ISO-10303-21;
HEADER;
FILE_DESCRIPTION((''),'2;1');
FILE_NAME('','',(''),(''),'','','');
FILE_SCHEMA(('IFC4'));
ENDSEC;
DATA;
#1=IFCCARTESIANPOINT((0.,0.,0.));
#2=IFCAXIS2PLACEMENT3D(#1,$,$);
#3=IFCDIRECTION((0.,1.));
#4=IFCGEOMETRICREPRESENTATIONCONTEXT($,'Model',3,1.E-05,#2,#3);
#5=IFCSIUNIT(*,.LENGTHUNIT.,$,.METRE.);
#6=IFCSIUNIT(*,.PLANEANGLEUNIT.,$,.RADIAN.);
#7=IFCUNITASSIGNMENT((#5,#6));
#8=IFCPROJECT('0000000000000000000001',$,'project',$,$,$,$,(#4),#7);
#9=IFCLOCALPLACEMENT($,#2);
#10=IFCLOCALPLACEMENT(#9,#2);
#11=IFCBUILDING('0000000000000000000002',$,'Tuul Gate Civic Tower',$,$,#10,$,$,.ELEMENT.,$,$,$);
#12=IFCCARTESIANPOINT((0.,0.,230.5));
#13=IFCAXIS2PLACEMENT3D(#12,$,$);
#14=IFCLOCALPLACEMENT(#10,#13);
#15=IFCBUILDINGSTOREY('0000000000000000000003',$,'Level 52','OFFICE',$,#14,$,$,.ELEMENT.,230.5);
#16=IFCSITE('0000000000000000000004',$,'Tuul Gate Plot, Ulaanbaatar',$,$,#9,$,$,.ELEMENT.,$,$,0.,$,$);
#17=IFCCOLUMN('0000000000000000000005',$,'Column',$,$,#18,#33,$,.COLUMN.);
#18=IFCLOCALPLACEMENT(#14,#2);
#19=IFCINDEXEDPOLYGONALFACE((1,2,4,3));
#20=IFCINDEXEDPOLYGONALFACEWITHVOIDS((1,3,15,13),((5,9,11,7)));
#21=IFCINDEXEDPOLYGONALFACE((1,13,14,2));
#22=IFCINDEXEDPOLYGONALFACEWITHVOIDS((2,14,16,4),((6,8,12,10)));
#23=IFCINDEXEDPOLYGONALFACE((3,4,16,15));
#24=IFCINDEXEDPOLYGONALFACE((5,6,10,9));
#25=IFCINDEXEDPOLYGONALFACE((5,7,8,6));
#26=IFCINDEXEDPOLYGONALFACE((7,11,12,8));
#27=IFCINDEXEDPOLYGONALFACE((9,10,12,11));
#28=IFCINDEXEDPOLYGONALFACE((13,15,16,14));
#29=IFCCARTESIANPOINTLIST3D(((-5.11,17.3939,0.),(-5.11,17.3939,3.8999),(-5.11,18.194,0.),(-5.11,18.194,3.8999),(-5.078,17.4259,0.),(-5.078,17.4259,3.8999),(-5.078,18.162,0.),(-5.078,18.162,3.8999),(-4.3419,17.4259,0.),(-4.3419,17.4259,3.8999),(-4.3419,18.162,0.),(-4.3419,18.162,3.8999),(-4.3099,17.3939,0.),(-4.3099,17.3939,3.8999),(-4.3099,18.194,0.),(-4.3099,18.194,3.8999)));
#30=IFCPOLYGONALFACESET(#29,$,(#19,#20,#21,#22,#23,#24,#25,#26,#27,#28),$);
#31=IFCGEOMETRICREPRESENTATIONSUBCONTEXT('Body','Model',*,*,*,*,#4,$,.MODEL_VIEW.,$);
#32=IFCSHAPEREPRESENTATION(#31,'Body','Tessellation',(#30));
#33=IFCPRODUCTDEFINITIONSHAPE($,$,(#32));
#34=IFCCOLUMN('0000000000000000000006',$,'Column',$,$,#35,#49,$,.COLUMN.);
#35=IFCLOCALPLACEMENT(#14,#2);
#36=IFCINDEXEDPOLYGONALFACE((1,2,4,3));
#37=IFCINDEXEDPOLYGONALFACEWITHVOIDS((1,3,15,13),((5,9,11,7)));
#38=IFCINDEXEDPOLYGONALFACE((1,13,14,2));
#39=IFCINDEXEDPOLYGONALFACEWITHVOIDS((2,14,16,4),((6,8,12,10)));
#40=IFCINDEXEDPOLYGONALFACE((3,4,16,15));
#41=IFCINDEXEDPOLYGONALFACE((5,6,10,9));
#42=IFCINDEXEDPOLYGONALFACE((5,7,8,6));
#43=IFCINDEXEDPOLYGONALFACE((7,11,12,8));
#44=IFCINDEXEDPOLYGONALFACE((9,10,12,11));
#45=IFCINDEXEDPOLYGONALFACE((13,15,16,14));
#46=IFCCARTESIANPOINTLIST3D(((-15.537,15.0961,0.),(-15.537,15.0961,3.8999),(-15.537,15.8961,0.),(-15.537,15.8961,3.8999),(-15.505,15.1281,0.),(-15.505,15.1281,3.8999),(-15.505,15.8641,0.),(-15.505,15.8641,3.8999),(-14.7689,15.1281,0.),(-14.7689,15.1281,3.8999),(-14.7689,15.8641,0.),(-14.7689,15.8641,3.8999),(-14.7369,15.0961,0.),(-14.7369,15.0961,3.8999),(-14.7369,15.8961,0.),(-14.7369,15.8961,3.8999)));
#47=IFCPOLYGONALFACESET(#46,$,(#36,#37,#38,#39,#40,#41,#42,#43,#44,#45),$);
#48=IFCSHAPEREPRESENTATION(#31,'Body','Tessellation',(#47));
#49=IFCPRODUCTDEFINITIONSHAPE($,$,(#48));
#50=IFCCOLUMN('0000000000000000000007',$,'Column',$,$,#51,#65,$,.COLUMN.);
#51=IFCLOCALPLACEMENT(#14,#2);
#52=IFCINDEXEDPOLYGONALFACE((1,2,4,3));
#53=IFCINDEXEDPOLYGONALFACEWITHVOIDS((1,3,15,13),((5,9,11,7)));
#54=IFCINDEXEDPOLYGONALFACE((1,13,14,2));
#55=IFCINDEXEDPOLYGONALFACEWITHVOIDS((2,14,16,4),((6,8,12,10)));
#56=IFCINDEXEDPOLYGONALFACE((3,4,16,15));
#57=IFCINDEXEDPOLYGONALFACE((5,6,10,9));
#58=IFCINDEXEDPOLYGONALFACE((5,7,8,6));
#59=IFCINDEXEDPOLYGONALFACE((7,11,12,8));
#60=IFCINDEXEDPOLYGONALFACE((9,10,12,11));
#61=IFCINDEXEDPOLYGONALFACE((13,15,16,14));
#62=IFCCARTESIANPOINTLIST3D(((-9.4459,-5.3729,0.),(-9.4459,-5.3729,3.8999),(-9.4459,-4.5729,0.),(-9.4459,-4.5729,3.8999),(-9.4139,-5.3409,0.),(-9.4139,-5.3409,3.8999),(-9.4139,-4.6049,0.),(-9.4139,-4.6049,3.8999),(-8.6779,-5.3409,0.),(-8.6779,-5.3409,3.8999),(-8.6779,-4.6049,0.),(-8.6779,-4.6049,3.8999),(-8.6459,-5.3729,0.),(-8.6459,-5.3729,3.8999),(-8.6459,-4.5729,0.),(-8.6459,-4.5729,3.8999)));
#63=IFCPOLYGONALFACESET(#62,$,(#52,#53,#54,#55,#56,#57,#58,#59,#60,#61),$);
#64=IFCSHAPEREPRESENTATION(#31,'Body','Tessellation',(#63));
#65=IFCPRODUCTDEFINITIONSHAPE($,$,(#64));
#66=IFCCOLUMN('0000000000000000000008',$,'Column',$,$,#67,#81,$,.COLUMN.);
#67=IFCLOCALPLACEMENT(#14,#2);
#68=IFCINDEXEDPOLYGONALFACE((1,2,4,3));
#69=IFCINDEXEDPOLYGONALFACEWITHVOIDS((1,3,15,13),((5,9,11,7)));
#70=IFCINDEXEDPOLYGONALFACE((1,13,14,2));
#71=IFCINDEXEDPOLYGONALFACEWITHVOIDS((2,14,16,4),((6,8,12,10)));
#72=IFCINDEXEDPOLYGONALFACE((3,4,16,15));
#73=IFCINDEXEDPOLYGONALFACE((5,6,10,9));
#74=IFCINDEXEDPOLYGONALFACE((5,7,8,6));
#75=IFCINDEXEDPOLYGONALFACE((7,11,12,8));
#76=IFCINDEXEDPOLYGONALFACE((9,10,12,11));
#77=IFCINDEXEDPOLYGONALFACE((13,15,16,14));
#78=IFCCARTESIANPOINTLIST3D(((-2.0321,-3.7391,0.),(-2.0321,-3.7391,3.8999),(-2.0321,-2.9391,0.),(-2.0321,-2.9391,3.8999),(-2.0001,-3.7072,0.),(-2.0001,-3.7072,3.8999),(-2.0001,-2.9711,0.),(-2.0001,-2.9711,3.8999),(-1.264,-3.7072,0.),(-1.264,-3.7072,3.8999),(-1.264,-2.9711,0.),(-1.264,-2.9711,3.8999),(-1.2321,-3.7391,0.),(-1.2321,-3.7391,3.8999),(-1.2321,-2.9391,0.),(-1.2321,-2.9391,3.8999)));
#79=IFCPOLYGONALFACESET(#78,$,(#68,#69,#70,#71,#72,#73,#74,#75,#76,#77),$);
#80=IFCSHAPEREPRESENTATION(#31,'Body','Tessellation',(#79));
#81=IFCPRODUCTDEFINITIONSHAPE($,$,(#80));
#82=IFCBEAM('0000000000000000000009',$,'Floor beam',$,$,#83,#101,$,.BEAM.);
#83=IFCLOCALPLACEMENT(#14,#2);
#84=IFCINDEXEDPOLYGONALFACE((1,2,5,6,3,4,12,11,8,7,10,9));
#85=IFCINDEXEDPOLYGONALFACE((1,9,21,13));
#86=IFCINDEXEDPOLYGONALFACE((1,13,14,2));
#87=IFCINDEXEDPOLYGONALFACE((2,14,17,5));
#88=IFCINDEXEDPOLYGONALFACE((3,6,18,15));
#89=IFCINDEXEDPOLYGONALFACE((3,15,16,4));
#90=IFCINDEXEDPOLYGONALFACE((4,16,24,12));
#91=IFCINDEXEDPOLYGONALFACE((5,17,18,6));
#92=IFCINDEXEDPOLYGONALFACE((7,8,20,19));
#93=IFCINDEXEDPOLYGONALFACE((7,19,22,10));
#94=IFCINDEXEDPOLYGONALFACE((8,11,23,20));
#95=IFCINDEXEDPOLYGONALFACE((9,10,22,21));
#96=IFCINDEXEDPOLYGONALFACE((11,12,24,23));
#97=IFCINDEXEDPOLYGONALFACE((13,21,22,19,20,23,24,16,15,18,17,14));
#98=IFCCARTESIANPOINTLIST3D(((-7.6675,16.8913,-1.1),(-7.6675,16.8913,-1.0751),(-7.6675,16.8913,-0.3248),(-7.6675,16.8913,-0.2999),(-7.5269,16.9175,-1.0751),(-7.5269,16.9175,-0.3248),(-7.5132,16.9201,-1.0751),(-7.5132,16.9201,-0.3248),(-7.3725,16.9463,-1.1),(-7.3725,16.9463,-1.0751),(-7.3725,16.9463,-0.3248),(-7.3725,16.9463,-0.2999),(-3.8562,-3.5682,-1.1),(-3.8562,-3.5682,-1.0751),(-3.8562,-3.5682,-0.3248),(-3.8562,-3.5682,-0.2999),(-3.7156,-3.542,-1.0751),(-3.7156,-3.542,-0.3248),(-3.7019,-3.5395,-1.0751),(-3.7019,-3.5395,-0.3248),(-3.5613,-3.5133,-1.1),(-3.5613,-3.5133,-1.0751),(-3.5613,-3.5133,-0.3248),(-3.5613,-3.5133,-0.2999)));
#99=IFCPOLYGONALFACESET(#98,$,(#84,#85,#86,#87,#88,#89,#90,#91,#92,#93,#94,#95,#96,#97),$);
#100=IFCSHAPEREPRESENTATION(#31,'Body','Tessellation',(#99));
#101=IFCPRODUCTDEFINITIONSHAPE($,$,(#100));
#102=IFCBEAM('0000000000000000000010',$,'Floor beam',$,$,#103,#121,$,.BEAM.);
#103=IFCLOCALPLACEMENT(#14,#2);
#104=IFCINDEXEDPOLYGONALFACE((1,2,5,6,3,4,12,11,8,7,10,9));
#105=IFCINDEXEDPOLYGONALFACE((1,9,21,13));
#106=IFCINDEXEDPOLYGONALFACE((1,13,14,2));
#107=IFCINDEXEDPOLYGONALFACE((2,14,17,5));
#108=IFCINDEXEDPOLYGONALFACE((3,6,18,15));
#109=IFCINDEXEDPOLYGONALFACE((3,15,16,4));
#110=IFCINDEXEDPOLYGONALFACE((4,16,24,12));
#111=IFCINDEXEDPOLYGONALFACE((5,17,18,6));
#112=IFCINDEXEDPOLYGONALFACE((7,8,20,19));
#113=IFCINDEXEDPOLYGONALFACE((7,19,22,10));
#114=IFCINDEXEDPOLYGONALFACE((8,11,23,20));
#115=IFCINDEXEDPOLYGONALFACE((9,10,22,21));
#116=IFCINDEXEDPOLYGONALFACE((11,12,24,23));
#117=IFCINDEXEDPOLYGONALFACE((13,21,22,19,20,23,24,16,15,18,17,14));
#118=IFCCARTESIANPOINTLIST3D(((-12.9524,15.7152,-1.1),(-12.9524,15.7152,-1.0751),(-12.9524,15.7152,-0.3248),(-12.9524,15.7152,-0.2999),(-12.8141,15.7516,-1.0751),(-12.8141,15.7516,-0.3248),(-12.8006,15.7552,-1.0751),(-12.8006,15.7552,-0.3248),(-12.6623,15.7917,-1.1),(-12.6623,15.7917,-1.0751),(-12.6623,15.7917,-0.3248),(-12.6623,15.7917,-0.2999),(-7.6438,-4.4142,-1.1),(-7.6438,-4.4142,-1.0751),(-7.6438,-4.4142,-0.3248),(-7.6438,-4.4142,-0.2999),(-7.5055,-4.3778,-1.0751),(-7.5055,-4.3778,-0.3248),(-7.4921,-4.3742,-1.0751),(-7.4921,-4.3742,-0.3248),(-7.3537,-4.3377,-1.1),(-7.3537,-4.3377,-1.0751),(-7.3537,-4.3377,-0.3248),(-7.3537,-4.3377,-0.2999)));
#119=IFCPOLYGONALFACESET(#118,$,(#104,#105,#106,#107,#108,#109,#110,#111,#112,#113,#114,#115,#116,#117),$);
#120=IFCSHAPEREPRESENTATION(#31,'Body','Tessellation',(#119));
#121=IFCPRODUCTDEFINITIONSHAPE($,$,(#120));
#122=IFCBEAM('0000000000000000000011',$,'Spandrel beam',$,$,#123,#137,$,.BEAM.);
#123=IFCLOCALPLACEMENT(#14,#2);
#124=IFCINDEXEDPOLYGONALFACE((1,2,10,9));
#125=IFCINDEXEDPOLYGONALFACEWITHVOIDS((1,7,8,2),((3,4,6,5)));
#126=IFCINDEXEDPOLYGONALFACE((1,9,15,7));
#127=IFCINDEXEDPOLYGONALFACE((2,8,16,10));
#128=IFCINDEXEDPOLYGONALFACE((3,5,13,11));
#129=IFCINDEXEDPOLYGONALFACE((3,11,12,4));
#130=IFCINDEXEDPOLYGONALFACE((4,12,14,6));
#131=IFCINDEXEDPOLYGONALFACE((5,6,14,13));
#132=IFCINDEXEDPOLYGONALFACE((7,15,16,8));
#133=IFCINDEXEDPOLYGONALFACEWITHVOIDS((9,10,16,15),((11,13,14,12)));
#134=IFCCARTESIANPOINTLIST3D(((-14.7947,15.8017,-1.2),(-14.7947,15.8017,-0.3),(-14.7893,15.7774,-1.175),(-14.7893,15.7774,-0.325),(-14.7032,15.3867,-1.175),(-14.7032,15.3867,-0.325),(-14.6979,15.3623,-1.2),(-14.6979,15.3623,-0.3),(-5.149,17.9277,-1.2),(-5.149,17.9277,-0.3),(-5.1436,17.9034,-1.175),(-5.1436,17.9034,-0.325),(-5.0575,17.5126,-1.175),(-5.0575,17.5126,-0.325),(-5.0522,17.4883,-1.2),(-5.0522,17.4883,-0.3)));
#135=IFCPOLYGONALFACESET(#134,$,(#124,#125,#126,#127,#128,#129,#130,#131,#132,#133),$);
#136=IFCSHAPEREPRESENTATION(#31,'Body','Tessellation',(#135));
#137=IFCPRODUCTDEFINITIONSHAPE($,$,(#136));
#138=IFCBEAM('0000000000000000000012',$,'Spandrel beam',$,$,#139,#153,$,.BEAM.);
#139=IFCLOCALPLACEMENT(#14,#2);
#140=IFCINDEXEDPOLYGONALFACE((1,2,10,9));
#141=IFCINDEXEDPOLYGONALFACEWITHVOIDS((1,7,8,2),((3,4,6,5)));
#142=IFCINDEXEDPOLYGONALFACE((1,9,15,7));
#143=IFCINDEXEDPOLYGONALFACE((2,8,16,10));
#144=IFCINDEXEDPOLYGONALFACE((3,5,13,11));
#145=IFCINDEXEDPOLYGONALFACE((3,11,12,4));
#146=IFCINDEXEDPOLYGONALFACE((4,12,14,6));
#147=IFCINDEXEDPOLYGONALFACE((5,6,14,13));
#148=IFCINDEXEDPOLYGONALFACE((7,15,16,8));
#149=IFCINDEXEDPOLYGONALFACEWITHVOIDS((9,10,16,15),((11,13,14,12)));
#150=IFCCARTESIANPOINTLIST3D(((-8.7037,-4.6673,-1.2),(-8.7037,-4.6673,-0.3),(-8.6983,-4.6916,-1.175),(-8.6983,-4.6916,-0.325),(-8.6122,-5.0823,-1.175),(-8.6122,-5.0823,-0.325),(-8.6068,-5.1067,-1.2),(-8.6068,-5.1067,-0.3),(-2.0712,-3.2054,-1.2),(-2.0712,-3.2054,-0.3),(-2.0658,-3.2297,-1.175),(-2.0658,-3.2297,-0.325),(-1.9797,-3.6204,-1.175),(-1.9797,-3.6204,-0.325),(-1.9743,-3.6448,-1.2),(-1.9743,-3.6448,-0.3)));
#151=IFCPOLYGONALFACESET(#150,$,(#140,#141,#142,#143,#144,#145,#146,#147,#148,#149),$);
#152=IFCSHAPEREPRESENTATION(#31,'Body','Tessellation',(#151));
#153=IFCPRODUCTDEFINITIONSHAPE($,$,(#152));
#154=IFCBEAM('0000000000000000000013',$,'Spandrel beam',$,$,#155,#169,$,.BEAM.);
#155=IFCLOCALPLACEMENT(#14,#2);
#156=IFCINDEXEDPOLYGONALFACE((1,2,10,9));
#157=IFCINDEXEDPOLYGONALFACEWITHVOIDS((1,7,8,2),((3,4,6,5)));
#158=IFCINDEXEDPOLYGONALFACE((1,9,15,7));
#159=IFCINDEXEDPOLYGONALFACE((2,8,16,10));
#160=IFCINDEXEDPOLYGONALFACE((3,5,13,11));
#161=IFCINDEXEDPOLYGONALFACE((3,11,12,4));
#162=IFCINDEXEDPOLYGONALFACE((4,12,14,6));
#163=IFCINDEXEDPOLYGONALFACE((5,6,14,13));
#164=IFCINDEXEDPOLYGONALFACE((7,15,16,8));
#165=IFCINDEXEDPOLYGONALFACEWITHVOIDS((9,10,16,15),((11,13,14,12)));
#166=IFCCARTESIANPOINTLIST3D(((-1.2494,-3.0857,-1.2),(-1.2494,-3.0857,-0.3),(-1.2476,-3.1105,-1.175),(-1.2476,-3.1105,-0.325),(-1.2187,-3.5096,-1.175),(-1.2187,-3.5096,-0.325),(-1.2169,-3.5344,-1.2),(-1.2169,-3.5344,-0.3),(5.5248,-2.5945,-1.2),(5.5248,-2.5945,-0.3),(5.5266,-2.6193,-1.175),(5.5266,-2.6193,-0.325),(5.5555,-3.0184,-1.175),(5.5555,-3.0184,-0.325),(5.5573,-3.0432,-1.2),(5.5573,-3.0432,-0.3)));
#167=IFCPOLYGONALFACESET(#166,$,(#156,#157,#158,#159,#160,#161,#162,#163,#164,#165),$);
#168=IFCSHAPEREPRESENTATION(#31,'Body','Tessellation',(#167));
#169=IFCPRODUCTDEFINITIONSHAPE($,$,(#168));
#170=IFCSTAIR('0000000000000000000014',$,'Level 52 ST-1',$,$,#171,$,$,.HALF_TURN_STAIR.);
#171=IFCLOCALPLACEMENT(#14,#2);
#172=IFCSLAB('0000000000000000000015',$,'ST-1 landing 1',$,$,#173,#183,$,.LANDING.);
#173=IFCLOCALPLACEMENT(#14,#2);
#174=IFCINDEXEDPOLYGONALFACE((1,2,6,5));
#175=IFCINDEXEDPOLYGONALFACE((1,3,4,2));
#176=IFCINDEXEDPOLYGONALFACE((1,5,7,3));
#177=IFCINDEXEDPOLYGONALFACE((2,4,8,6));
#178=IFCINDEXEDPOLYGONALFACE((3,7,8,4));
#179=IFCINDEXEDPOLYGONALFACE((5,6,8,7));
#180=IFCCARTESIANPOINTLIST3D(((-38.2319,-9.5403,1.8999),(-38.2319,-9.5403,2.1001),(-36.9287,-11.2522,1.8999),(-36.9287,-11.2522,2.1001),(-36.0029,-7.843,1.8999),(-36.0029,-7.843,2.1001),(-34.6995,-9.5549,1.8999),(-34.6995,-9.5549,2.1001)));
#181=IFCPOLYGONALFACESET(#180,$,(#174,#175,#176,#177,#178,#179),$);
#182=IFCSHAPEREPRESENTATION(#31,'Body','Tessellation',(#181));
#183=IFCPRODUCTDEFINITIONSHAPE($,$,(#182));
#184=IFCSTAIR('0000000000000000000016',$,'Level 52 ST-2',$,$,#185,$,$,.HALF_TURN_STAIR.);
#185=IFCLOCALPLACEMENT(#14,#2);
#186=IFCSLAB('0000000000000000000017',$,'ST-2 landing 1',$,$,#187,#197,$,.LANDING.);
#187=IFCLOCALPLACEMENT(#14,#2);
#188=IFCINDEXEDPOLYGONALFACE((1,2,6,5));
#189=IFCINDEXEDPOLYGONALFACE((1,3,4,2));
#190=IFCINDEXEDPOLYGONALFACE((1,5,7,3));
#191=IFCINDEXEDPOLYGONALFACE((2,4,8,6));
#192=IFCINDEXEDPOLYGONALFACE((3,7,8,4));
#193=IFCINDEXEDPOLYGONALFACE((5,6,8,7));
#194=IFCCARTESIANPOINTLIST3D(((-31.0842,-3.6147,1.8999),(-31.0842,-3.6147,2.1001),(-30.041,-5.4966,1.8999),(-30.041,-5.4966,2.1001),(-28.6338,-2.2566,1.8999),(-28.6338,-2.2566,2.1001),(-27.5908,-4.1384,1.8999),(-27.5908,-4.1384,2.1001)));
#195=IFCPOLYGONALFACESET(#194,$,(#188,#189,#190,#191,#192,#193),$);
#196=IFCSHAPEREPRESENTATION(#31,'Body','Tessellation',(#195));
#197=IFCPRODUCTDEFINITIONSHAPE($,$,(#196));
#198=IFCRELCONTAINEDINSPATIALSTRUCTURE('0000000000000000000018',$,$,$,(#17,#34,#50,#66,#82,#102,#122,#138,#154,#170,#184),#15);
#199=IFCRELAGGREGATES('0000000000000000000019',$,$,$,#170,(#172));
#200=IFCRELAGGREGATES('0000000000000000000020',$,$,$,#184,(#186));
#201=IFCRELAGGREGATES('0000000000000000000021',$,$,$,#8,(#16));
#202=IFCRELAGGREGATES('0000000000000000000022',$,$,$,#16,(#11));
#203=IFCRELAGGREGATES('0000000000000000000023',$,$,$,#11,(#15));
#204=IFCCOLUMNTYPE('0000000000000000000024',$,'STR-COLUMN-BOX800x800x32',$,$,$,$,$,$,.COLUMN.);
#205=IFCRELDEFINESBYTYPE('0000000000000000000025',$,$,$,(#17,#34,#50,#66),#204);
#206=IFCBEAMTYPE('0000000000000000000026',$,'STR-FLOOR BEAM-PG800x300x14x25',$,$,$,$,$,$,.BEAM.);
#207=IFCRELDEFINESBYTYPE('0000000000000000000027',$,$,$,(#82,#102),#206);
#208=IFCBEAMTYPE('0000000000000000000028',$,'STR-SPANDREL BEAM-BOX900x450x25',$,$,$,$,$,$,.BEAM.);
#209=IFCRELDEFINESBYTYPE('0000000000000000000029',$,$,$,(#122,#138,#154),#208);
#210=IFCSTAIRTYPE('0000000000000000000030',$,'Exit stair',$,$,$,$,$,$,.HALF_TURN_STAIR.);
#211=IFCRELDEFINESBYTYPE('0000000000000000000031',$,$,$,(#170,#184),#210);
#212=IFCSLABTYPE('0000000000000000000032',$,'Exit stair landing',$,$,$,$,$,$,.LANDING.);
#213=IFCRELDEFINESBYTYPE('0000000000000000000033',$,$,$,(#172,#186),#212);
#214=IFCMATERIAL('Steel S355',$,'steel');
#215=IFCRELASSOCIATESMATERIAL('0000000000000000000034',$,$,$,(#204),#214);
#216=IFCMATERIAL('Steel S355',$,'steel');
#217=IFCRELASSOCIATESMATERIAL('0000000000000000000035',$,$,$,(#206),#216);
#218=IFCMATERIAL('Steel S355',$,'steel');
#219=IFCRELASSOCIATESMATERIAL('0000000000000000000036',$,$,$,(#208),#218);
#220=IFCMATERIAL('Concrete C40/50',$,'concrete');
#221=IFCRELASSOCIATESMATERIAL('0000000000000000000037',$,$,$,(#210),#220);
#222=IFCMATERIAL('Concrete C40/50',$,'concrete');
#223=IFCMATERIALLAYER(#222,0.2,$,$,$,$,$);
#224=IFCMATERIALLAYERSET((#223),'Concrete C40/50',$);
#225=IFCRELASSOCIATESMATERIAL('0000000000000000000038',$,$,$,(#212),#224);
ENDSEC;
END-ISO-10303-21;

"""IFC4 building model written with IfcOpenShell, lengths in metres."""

from ifc_helpers import new_model, si_unit, direction, frame, origin, origin_2d, place, context, subcontext, project, spatial, polyline, hollow_rectangle, i_section, outline, extrude, material, layer, layer_set, material_profile, profile_set, type_object, element, aggregate, save


model = new_model("IFC4")

# Units and contexts
model_context = context("Model", 3, precision=1e-05, world=origin(), true_north=direction((0.0, 1.0)))
body_context = subcontext(model_context, "Body", "Model", "MODEL_VIEW")
ifc_project = project(units=[si_unit("LENGTHUNIT", "METRE"), si_unit("PLANEANGLEUNIT", "RADIAN")], contexts=[model_context])

# Site, building, storey
site_placement = place(None, origin())
site = spatial("IfcSite", under=ifc_project, at=site_placement, Name="Tuul Gate Plot, Ulaanbaatar", CompositionType="ELEMENT", RefElevation=0.0)
building_placement = place(site_placement, origin())
building = spatial("IfcBuilding", under=site, at=building_placement, Name="Tuul Gate Civic Tower", CompositionType="ELEMENT")
storey_placement = place(building_placement, frame((0.0, 0.0, 230.5)))
storey = spatial("IfcBuildingStorey", under=building, at=storey_placement, Name="Level 52", Description="OFFICE", CompositionType="ELEMENT", Elevation=230.5)

# Columns
ifc_material_1 = material(Name="Steel S355", Category="steel")
ifc_material_profile_1 = material_profile(ifc_material_1, hollow_rectangle(XDim=0.8, YDim=0.8, WallThickness=0.032, at=origin_2d()), Name="BOX800x800x32")
ifc_profile_set_1 = profile_set([ifc_material_profile_1], Name="Steel S355")
column_type = type_object("IfcColumnType", Name="STR-COLUMN-BOX800x800x32", PredefinedType="COLUMN", material=ifc_profile_set_1)
for number, where, z_axis, x_axis, name in (
    (1, (-4.71, 17.7939, 0.0), (0.0, 0.0, 1.0), (1.0, 0.0, 0.0), "Column"),
    (2, (-15.137, 15.4961, 0.0), (0.0, 0.0, 1.0), (1.0, 0.0, 0.0), "Column"),
    (3, (-9.0459, -4.9729, 0.0), (0.0, 0.0, 1.0), (1.0, 0.0, 0.0), "Column"),
    (4, (-1.6321, -3.3391, 0.0), (0.0, 0.0, 1.0), (1.0, 0.0, 0.0), "Column"),
):
    element("IfcColumn", number, at=place(storey_placement, frame(where, z_axis=z_axis, x_axis=x_axis)), inside=storey, type_object=column_type, Name=name, PredefinedType="COLUMN", context=body_context, shape_type="SweptSolid", body=[
        extrude(hollow_rectangle(XDim=0.8, YDim=0.8, WallThickness=0.032, at=origin_2d()), origin(), (0.0, 0.0, 1.0), 3.8999),
    ])

# Beams
ifc_material_2 = material(Name="Steel S355", Category="steel")
ifc_material_profile_2 = material_profile(ifc_material_2, i_section(OverallWidth=0.3, OverallDepth=0.8, WebThickness=0.0139, FlangeThickness=0.0249, at=origin_2d()), Name="PG800x300x14x25")
ifc_profile_set_2 = profile_set([ifc_material_profile_2], Name="Steel S355")
beam_type_1 = type_object("IfcBeamType", Name="STR-FLOOR BEAM-PG800x300x14x25", PredefinedType="BEAM", material=ifc_profile_set_2)
beam_1_placement = place(storey_placement, frame((-3.7087, -3.5408, -0.7), z_axis=(-0.183134, 0.983088, 0.0), x_axis=(-0.983088, -0.183134, 0.0)))
element("IfcBeam", 5, at=beam_1_placement, inside=storey, type_object=beam_type_1, Name="Floor beam", PredefinedType="BEAM", context=body_context, shape_type="SweptSolid", body=[
    extrude(i_section(OverallWidth=0.3, OverallDepth=0.8, WebThickness=0.0139, FlangeThickness=0.0249, at=origin_2d()), origin(), (0.0, 0.0, 1.0), 20.8115),
])
beam_2_placement = place(storey_placement, frame((-7.4988, -4.376, -0.7), z_axis=(-0.255005, 0.96694, 0.0), x_axis=(-0.96694, -0.255005, 0.0)))
element("IfcBeam", 6, at=beam_2_placement, inside=storey, type_object=beam_type_1, Name="Floor beam", PredefinedType="BEAM", context=body_context, shape_type="SweptSolid", body=[
    extrude(i_section(OverallWidth=0.3, OverallDepth=0.8, WebThickness=0.0139, FlangeThickness=0.0249, at=origin_2d()), origin(), (0.0, 0.0, 1.0), 20.8176),
])
ifc_material_3 = material(Name="Steel S355", Category="steel")
ifc_material_profile_3 = material_profile(ifc_material_3, hollow_rectangle(XDim=0.45, YDim=0.8999, WallThickness=0.0249, at=origin_2d()), Name="BOX900x450x25")
ifc_profile_set_3 = profile_set([ifc_material_profile_3], Name="Steel S355")
beam_type_2 = type_object("IfcBeamType", Name="STR-SPANDREL BEAM-BOX900x450x25", PredefinedType="BEAM", material=ifc_profile_set_3)
beam_3_placement = place(storey_placement, frame((-5.1006, 17.708, -0.75), z_axis=(-0.976561, -0.215239, 0.0), x_axis=(0.215239, -0.976561, 0.0)))
element("IfcBeam", 7, at=beam_3_placement, inside=storey, type_object=beam_type_2, Name="Spandrel beam", PredefinedType="BEAM", context=body_context, shape_type="SweptSolid", body=[
    extrude(hollow_rectangle(XDim=0.45, YDim=0.8999, WallThickness=0.0249, at=origin_2d()), origin(), (0.0, 0.0, 1.0), 9.8772),
])
beam_4_placement = place(storey_placement, frame((-8.6553, -4.887, -0.75), z_axis=(0.976559, 0.215248, 0.0), x_axis=(-0.215248, 0.976559, 0.0)))
element("IfcBeam", 8, at=beam_4_placement, inside=storey, type_object=beam_type_2, Name="Spandrel beam", PredefinedType="BEAM", context=body_context, shape_type="SweptSolid", body=[
    extrude(hollow_rectangle(XDim=0.45, YDim=0.8999, WallThickness=0.0249, at=origin_2d()), origin(), (0.0, 0.0, 1.0), 6.7917),
])
beam_5_placement = place(storey_placement, frame((-1.2332, -3.3101, -0.75), z_axis=(0.997381, 0.072322, 0.0), x_axis=(-0.072322, 0.997381, 0.0)))
element("IfcBeam", 9, at=beam_5_placement, inside=storey, type_object=beam_type_2, Name="Spandrel beam", PredefinedType="BEAM", context=body_context, shape_type="SweptSolid", body=[
    extrude(hollow_rectangle(XDim=0.45, YDim=0.8999, WallThickness=0.0249, at=origin_2d()), origin(), (0.0, 0.0, 1.0), 6.792),
])

# Stairs, slabs
ifc_material_4 = material(Name="Concrete C40/50", Category="concrete")
stair_type = type_object("IfcStairType", Name="Exit stair", PredefinedType="HALF_TURN_STAIR", material=ifc_material_4)
stair_1_placement = place(storey_placement, origin())
stair_1 = element("IfcStair", 10, at=stair_1_placement, inside=storey, type_object=stair_type, Name="Level 52 ST-1", PredefinedType="HALF_TURN_STAIR")
ifc_material_5 = material(Name="Concrete C40/50", Category="concrete")
ifc_layer_1 = layer(ifc_material_5, 0.2)
ifc_layer_set_1 = layer_set([ifc_layer_1], Name="Concrete C40/50")
slab_type = type_object("IfcSlabType", Name="Exit stair landing", PredefinedType="LANDING", material=ifc_layer_set_1)
slab_1_placement = place(storey_placement, frame((0.0, 0.0, 1.8999)))
slab_1 = element("IfcSlab", 11, at=slab_1_placement, type_object=slab_type, Name="ST-1 landing 1", PredefinedType="LANDING", context=body_context, shape_type="SweptSolid", body=[
    extrude(outline(polyline([(-34.6995, -9.5549), (-36.9287, -11.2522), (-38.2319, -9.5403), (-36.0029, -7.843), (-34.6995, -9.5549)])), origin(), (0.0, 0.0, 1.0), 0.2002),
])
aggregate(stair_1, [slab_1])
stair_2_placement = place(storey_placement, origin())
stair_2 = element("IfcStair", 12, at=stair_2_placement, inside=storey, type_object=stair_type, Name="Level 52 ST-2", PredefinedType="HALF_TURN_STAIR")
slab_2_placement = place(storey_placement, frame((0.0, 0.0, 1.8999)))
slab_2 = element("IfcSlab", 13, at=slab_2_placement, type_object=slab_type, Name="ST-2 landing 1", PredefinedType="LANDING", context=body_context, shape_type="SweptSolid", body=[
    extrude(outline(polyline([(-27.5908, -4.1384), (-30.041, -5.4966), (-31.0842, -3.6147), (-28.6338, -2.2566), (-27.5908, -4.1384)])), origin(), (0.0, 0.0, 1.0), 0.2002),
])
aggregate(stair_2, [slab_2])

save(model, "model.ifc")
